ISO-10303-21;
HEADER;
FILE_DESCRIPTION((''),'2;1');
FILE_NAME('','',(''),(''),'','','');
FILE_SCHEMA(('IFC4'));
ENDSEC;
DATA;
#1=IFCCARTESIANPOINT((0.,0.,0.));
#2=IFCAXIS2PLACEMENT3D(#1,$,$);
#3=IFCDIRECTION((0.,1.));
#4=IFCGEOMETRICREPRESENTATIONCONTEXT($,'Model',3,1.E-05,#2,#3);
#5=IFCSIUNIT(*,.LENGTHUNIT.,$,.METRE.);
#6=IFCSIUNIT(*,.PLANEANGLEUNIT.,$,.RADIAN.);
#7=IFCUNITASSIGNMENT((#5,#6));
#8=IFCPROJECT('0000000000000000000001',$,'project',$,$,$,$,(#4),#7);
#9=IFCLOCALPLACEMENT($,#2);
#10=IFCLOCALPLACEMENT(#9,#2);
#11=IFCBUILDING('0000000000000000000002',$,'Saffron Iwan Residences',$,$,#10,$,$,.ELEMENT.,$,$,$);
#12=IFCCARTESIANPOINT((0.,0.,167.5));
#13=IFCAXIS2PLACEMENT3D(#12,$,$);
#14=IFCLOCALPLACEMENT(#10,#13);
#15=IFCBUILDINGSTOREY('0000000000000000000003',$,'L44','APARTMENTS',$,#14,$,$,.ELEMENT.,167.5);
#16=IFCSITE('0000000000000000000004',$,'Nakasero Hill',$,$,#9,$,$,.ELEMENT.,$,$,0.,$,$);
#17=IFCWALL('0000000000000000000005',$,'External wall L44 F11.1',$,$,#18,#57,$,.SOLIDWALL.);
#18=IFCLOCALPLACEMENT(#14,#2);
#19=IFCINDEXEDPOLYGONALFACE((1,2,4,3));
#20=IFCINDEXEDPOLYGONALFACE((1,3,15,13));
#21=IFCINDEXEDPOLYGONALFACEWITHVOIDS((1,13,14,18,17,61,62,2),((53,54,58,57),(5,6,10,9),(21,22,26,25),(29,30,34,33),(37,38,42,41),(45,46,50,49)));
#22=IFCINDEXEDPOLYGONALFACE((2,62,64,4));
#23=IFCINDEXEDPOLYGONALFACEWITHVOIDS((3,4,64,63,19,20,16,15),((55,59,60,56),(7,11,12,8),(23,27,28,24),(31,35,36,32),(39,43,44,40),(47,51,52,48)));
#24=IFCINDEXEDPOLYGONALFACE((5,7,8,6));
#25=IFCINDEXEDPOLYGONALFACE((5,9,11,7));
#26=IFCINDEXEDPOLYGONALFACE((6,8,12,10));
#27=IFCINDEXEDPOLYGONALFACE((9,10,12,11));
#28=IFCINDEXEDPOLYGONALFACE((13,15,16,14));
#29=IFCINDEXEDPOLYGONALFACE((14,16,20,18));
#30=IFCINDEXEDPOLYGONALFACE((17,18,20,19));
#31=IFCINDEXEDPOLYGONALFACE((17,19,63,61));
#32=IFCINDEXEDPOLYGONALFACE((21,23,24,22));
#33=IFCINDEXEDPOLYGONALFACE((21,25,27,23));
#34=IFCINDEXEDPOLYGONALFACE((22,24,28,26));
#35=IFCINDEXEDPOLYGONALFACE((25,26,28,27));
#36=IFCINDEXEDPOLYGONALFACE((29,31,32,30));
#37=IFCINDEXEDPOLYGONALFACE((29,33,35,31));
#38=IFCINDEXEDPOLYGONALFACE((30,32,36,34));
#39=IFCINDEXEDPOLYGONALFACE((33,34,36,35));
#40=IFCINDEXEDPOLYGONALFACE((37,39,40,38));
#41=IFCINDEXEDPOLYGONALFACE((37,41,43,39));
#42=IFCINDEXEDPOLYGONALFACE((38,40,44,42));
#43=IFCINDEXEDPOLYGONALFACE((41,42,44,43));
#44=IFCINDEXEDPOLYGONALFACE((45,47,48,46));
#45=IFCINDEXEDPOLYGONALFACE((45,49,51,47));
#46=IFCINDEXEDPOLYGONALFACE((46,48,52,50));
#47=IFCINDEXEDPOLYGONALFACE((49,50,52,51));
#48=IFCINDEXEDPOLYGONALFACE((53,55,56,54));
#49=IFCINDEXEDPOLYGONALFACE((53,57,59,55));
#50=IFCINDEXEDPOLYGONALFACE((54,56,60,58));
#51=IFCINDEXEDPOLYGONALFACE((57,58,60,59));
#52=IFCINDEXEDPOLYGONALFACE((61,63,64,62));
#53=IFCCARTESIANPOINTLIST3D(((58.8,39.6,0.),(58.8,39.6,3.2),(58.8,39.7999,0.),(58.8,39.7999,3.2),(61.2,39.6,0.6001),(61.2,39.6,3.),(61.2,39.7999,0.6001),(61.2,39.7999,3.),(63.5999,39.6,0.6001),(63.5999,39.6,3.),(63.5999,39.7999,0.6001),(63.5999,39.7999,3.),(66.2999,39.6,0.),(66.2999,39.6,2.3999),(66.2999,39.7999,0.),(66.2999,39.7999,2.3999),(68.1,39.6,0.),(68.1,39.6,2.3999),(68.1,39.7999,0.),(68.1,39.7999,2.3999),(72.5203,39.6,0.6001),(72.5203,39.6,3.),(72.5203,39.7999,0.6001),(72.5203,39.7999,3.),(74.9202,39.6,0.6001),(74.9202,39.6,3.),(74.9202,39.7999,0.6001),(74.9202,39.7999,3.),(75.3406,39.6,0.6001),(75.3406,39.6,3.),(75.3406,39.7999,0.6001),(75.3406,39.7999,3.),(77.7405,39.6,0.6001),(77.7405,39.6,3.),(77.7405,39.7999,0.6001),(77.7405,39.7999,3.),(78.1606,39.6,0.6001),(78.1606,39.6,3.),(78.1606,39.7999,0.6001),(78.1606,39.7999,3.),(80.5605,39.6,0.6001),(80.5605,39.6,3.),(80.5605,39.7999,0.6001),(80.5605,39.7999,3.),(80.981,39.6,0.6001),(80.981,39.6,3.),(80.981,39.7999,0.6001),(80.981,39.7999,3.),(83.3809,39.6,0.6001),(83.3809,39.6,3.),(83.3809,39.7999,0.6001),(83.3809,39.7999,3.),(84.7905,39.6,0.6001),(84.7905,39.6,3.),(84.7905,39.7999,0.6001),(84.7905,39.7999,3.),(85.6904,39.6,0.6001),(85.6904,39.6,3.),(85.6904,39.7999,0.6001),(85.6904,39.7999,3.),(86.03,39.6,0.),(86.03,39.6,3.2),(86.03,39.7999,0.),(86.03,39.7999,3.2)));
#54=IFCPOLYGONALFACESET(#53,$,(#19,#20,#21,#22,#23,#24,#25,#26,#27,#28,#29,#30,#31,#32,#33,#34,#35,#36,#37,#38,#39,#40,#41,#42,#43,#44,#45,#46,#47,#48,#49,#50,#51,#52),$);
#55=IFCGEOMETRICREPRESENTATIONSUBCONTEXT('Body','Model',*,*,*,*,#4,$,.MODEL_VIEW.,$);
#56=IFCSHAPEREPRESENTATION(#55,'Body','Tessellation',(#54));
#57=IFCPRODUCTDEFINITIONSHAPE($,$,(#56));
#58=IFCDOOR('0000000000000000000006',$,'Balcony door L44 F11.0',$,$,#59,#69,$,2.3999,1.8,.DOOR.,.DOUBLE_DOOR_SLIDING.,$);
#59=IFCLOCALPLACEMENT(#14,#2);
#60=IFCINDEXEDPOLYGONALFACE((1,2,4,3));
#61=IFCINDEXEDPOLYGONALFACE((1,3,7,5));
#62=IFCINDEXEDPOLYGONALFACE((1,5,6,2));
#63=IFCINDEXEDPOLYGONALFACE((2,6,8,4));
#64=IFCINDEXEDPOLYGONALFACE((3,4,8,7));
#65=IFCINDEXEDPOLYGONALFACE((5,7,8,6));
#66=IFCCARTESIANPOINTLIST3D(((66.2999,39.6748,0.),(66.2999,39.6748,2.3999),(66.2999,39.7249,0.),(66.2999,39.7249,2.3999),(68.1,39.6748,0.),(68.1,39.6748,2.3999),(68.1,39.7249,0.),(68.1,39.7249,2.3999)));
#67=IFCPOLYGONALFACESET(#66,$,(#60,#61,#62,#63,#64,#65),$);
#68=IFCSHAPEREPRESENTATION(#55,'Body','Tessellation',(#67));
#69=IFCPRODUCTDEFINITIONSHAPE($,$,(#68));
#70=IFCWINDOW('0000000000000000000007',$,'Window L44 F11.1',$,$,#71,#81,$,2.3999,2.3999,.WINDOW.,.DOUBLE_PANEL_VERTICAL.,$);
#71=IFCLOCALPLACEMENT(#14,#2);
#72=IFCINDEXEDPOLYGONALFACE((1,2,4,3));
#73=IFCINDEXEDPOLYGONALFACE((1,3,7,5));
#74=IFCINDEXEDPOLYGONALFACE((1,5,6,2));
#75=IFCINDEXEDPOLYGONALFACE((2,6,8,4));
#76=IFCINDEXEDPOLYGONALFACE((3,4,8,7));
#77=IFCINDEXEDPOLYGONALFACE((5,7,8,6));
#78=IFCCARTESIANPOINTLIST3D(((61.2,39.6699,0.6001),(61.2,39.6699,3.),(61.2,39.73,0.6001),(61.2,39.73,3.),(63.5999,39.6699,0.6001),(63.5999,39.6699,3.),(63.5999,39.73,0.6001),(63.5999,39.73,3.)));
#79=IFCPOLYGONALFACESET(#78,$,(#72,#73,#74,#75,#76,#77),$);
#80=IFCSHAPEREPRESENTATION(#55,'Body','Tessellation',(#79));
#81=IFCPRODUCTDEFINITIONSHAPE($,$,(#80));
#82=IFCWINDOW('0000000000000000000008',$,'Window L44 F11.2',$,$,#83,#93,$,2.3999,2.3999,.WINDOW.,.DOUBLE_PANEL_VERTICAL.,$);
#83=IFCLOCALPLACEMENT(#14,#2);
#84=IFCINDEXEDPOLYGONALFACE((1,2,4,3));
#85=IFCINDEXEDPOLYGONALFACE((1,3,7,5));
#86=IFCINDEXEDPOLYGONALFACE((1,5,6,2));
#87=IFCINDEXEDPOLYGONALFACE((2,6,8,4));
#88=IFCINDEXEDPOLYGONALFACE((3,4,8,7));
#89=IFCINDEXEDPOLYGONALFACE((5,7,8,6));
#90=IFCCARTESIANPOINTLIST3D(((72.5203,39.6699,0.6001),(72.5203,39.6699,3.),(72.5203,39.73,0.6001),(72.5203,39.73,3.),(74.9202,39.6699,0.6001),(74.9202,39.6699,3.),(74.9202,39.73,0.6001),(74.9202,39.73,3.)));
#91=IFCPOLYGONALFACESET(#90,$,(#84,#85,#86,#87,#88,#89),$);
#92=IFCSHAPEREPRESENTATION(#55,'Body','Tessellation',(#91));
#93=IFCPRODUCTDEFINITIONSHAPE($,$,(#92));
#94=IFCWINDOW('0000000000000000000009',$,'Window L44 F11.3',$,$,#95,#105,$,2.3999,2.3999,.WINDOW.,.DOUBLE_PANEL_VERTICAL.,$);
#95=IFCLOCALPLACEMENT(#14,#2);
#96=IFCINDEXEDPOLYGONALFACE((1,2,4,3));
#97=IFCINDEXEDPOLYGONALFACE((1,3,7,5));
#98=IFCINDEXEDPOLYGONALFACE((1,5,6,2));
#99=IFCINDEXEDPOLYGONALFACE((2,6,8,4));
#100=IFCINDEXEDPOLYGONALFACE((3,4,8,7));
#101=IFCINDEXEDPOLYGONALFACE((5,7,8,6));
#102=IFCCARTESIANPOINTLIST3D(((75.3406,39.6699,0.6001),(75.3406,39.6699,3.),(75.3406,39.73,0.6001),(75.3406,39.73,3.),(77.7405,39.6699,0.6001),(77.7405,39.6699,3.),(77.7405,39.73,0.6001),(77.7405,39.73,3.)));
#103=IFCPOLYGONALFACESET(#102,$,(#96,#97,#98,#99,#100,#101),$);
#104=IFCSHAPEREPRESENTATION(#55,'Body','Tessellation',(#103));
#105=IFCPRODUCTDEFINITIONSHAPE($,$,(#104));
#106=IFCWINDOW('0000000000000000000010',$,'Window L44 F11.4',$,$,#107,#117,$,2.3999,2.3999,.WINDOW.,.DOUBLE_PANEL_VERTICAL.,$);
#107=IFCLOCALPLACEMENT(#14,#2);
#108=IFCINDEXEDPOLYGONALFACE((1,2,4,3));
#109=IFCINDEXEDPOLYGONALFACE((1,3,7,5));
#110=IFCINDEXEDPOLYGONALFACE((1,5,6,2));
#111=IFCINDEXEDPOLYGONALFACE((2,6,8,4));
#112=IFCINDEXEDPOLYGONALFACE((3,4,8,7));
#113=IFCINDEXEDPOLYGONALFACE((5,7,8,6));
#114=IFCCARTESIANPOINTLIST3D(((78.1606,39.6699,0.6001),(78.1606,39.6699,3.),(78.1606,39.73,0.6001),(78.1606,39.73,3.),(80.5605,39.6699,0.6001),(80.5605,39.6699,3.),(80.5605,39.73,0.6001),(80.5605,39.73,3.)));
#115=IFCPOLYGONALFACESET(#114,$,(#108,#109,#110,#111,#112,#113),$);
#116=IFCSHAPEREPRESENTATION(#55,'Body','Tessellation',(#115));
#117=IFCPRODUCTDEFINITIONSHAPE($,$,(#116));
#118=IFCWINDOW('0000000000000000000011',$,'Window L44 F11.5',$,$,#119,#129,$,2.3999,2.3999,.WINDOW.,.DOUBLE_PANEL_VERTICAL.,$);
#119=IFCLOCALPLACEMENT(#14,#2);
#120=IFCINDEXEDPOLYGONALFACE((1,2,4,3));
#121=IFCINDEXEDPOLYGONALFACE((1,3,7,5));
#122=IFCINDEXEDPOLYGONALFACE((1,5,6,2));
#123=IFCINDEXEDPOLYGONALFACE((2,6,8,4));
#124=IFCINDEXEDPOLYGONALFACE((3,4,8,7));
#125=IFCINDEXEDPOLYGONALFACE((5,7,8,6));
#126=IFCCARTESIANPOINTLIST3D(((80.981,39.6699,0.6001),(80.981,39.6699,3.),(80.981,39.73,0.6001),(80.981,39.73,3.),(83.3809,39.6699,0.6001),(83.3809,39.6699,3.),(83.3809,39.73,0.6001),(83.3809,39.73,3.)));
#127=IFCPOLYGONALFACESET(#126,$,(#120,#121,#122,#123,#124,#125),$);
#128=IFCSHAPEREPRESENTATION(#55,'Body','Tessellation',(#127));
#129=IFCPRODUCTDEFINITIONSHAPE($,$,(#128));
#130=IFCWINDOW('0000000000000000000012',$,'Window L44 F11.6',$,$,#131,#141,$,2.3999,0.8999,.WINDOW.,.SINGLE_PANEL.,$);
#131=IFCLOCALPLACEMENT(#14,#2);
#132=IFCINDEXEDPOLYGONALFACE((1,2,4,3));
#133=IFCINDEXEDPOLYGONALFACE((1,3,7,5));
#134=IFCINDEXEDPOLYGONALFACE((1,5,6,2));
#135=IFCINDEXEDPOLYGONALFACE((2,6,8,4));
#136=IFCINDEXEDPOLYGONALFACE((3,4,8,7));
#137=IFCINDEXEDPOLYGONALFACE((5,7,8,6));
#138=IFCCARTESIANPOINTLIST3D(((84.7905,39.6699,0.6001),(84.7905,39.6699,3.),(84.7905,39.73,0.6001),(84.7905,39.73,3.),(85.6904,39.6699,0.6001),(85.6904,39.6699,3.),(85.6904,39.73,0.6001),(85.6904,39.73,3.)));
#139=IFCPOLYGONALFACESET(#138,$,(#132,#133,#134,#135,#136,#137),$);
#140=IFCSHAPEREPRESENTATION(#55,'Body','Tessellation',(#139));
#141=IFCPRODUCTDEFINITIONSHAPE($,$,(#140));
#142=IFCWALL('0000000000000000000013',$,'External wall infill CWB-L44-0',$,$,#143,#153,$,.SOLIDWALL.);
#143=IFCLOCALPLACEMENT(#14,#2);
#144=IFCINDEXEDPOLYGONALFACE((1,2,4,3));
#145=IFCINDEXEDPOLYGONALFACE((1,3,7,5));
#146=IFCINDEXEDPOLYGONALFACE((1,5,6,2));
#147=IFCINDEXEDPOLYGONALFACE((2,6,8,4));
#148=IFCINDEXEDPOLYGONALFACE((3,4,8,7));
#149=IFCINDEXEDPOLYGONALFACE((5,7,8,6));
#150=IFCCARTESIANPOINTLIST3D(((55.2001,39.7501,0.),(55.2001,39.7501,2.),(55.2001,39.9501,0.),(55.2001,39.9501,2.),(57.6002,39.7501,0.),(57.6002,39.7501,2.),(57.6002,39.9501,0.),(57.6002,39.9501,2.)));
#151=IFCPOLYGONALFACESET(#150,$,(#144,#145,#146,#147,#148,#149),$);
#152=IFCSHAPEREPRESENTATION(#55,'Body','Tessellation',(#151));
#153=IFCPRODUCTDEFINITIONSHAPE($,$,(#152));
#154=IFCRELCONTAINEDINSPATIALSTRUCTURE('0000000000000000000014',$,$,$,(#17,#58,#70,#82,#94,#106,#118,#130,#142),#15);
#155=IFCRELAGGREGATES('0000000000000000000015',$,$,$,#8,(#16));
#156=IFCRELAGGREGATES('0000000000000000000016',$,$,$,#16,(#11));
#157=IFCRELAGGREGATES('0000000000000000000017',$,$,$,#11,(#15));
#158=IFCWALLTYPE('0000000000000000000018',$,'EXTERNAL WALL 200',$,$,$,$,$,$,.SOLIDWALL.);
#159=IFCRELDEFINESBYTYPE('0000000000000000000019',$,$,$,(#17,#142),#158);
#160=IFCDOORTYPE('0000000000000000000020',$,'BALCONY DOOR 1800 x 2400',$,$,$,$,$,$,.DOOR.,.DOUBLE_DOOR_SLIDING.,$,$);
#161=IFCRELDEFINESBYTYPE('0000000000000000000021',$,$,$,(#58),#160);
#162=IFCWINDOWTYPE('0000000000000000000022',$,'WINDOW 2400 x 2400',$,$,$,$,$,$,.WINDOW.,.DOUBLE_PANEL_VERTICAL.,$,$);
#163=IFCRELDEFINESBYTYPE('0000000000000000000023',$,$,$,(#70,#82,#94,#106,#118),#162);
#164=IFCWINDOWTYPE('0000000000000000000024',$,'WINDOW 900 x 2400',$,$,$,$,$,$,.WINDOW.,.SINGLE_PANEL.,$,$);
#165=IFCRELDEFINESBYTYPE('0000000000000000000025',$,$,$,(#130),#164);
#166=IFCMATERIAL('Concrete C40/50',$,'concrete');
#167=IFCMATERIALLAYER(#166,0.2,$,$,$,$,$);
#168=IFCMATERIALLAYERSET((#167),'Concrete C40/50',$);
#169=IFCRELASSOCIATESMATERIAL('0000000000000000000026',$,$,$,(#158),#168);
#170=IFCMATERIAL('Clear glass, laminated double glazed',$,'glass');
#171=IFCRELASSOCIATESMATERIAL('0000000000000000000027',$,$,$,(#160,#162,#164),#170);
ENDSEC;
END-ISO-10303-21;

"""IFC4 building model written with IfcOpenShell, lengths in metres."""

from ifc_helpers import new_model, si_unit, direction, frame, frame_2d, origin, place, context, subcontext, project, spatial, rectangle, extrude, material, layer, layer_set, type_object, element, fill, save


model = new_model("IFC4")

# Units and contexts
model_context = context("Model", 3, precision=1e-05, world=origin(), true_north=direction((0.0, 1.0)))
body_context = subcontext(model_context, "Body", "Model", "MODEL_VIEW")
ifc_project = project(units=[si_unit("LENGTHUNIT", "METRE"), si_unit("PLANEANGLEUNIT", "RADIAN")], contexts=[model_context])

# Site, building, storey
site_placement = place(None, origin())
site = spatial("IfcSite", under=ifc_project, at=site_placement, Name="Nakasero Hill", CompositionType="ELEMENT", RefElevation=0.0)
building_placement = place(site_placement, origin())
building = spatial("IfcBuilding", under=site, at=building_placement, Name="Saffron Iwan Residences", CompositionType="ELEMENT")
storey_placement = place(building_placement, frame((0.0, 0.0, 167.5)))
storey = spatial("IfcBuildingStorey", under=building, at=storey_placement, Name="L44", Description="APARTMENTS", CompositionType="ELEMENT", Elevation=167.5)

# Shared definitions
ifc_material_1 = material(Name="Clear glass, laminated double glazed", Category="glass")

# Wall, openings, door, windows
ifc_material_2 = material(Name="Concrete C40/50", Category="concrete")
ifc_layer_1 = layer(ifc_material_2, 0.2)
ifc_layer_set_1 = layer_set([ifc_layer_1], Name="Concrete C40/50")
wall_type_1 = type_object("IfcWallType", Name="EXTERNAL WALL 200", PredefinedType="SOLIDWALL", material=ifc_layer_set_1)
wall_1_placement = place(storey_placement, frame((58.8, 39.7, 0.0), z_axis=(0.0, 0.0, 1.0), x_axis=(1.0, 0.0, 0.0)))
wall_1 = element("IfcWall", 1, at=wall_1_placement, inside=storey, type_object=wall_type_1, Name="External wall L44 F11.1", PredefinedType="SOLIDWALL", context=body_context, shape_type="SweptSolid", body=[
    extrude(rectangle(XDim=27.23, YDim=0.2, at=frame_2d((13.615, 0.0))), origin(), (0.0, 0.0, 1.0), 3.2),
])
opening_1_placement = place(wall_1_placement, frame((7.5, 0.0, 0.0)))
opening_1 = element("IfcOpeningElement", 2, at=opening_1_placement, cuts=wall_1, PredefinedType="OPENING", context=body_context, shape_type="SweptSolid", body=[
    extrude(rectangle(XDim=1.8, YDim=2.3999, at=frame_2d((0.8999, 1.2))), frame((0.0, 0.1099, 0.0), z_axis=(0.0, -1.0, 0.0), x_axis=(1.0, 0.0, 0.0)), (0.0, 0.0, 1.0), 0.22),
])
opening_2_placement = place(wall_1_placement, frame((2.3999, 0.0, 0.6001)))
opening_2 = element("IfcOpeningElement", 3, at=opening_2_placement, cuts=wall_1, PredefinedType="OPENING", context=body_context, shape_type="SweptSolid", body=[
    extrude(rectangle(XDim=2.3999, YDim=2.3999, at=frame_2d((1.2, 1.2))), frame((0.0, 0.1099, 0.0), z_axis=(0.0, -1.0, 0.0), x_axis=(1.0, 0.0, 0.0)), (0.0, 0.0, 1.0), 0.22),
])
opening_3_placement = place(wall_1_placement, frame((13.7202, 0.0, 0.6001)))
opening_3 = element("IfcOpeningElement", 4, at=opening_3_placement, cuts=wall_1, PredefinedType="OPENING", context=body_context, shape_type="SweptSolid", body=[
    extrude(rectangle(XDim=2.3999, YDim=2.3999, at=frame_2d((1.2, 1.2))), frame((0.0, 0.1099, 0.0), z_axis=(0.0, -1.0, 0.0), x_axis=(1.0, 0.0, 0.0)), (0.0, 0.0, 1.0), 0.22),
])
opening_4_placement = place(wall_1_placement, frame((16.5405, 0.0, 0.6001)))
opening_4 = element("IfcOpeningElement", 5, at=opening_4_placement, cuts=wall_1, PredefinedType="OPENING", context=body_context, shape_type="SweptSolid", body=[
    extrude(rectangle(XDim=2.3999, YDim=2.3999, at=frame_2d((1.2, 1.2))), frame((0.0, 0.1099, 0.0), z_axis=(0.0, -1.0, 0.0), x_axis=(1.0, 0.0, 0.0)), (0.0, 0.0, 1.0), 0.22),
])
opening_5_placement = place(wall_1_placement, frame((19.3606, 0.0, 0.6001)))
opening_5 = element("IfcOpeningElement", 6, at=opening_5_placement, cuts=wall_1, PredefinedType="OPENING", context=body_context, shape_type="SweptSolid", body=[
    extrude(rectangle(XDim=2.3999, YDim=2.3999, at=frame_2d((1.2, 1.2))), frame((0.0, 0.1099, 0.0), z_axis=(0.0, -1.0, 0.0), x_axis=(1.0, 0.0, 0.0)), (0.0, 0.0, 1.0), 0.22),
])
opening_6_placement = place(wall_1_placement, frame((22.1809, 0.0, 0.6001)))
opening_6 = element("IfcOpeningElement", 7, at=opening_6_placement, cuts=wall_1, PredefinedType="OPENING", context=body_context, shape_type="SweptSolid", body=[
    extrude(rectangle(XDim=2.3999, YDim=2.3999, at=frame_2d((1.2, 1.2))), frame((0.0, 0.1099, 0.0), z_axis=(0.0, -1.0, 0.0), x_axis=(1.0, 0.0, 0.0)), (0.0, 0.0, 1.0), 0.22),
])
opening_7_placement = place(wall_1_placement, frame((25.9905, 0.0, 0.6001)))
opening_7 = element("IfcOpeningElement", 8, at=opening_7_placement, cuts=wall_1, PredefinedType="OPENING", context=body_context, shape_type="SweptSolid", body=[
    extrude(rectangle(XDim=0.8999, YDim=2.3999, at=frame_2d((0.45, 1.2))), frame((0.0, 0.1099, 0.0), z_axis=(0.0, -1.0, 0.0), x_axis=(1.0, 0.0, 0.0)), (0.0, 0.0, 1.0), 0.22),
])
door_type = type_object("IfcDoorType", Name="BALCONY DOOR 1800 x 2400", OperationType="DOUBLE_DOOR_SLIDING", PredefinedType="DOOR", material=ifc_material_1)
door_placement = place(opening_1_placement, origin())
door = element("IfcDoor", 9, at=door_placement, inside=storey, type_object=door_type, Name="Balcony door L44 F11.0", OperationType="DOUBLE_DOOR_SLIDING", OverallHeight=2.3999, OverallWidth=1.8, PredefinedType="DOOR", context=body_context, shape_type="SweptSolid", body=[
    extrude(rectangle(XDim=1.8, YDim=2.3999, at=frame_2d((0.8999, 1.2))), frame((0.0, 0.0249, 0.0), z_axis=(0.0, -1.0, 0.0), x_axis=(1.0, 0.0, 0.0)), (0.0, 0.0, 1.0), 0.05),
])
fill(opening_1, door)
window_type_1 = type_object("IfcWindowType", Name="WINDOW 2400 x 2400", PartitioningType="DOUBLE_PANEL_VERTICAL", PredefinedType="WINDOW", material=ifc_material_1)
window_1_placement = place(opening_2_placement, origin())
window_1 = element("IfcWindow", 10, at=window_1_placement, inside=storey, type_object=window_type_1, Name="Window L44 F11.1", OverallHeight=2.3999, OverallWidth=2.3999, PartitioningType="DOUBLE_PANEL_VERTICAL", PredefinedType="WINDOW", context=body_context, shape_type="SweptSolid", body=[
    extrude(rectangle(XDim=2.3999, YDim=2.3999, at=frame_2d((1.2, 1.2))), frame((0.0, 0.03, 0.0), z_axis=(0.0, -1.0, 0.0), x_axis=(1.0, 0.0, 0.0)), (0.0, 0.0, 1.0), 0.0601),
])
fill(opening_2, window_1)
window_2_placement = place(opening_3_placement, origin())
window_2 = element("IfcWindow", 11, at=window_2_placement, inside=storey, type_object=window_type_1, Name="Window L44 F11.2", OverallHeight=2.3999, OverallWidth=2.3999, PartitioningType="DOUBLE_PANEL_VERTICAL", PredefinedType="WINDOW", context=body_context, shape_type="SweptSolid", body=[
    extrude(rectangle(XDim=2.3999, YDim=2.3999, at=frame_2d((1.2, 1.2))), frame((0.0, 0.03, 0.0), z_axis=(0.0, -1.0, 0.0), x_axis=(1.0, 0.0, 0.0)), (0.0, 0.0, 1.0), 0.0601),
])
fill(opening_3, window_2)
window_3_placement = place(opening_4_placement, origin())
window_3 = element("IfcWindow", 12, at=window_3_placement, inside=storey, type_object=window_type_1, Name="Window L44 F11.3", OverallHeight=2.3999, OverallWidth=2.3999, PartitioningType="DOUBLE_PANEL_VERTICAL", PredefinedType="WINDOW", context=body_context, shape_type="SweptSolid", body=[
    extrude(rectangle(XDim=2.3999, YDim=2.3999, at=frame_2d((1.2, 1.2))), frame((0.0, 0.03, 0.0), z_axis=(0.0, -1.0, 0.0), x_axis=(1.0, 0.0, 0.0)), (0.0, 0.0, 1.0), 0.0601),
])
fill(opening_4, window_3)
window_4_placement = place(opening_5_placement, origin())
window_4 = element("IfcWindow", 13, at=window_4_placement, inside=storey, type_object=window_type_1, Name="Window L44 F11.4", OverallHeight=2.3999, OverallWidth=2.3999, PartitioningType="DOUBLE_PANEL_VERTICAL", PredefinedType="WINDOW", context=body_context, shape_type="SweptSolid", body=[
    extrude(rectangle(XDim=2.3999, YDim=2.3999, at=frame_2d((1.2, 1.2))), frame((0.0, 0.03, 0.0), z_axis=(0.0, -1.0, 0.0), x_axis=(1.0, 0.0, 0.0)), (0.0, 0.0, 1.0), 0.0601),
])
fill(opening_5, window_4)
window_5_placement = place(opening_6_placement, origin())
window_5 = element("IfcWindow", 14, at=window_5_placement, inside=storey, type_object=window_type_1, Name="Window L44 F11.5", OverallHeight=2.3999, OverallWidth=2.3999, PartitioningType="DOUBLE_PANEL_VERTICAL", PredefinedType="WINDOW", context=body_context, shape_type="SweptSolid", body=[
    extrude(rectangle(XDim=2.3999, YDim=2.3999, at=frame_2d((1.2, 1.2))), frame((0.0, 0.03, 0.0), z_axis=(0.0, -1.0, 0.0), x_axis=(1.0, 0.0, 0.0)), (0.0, 0.0, 1.0), 0.0601),
])
fill(opening_6, window_5)
window_type_2 = type_object("IfcWindowType", Name="WINDOW 900 x 2400", PartitioningType="SINGLE_PANEL", PredefinedType="WINDOW", material=ifc_material_1)
window_6_placement = place(opening_7_placement, origin())
window_6 = element("IfcWindow", 15, at=window_6_placement, inside=storey, type_object=window_type_2, Name="Window L44 F11.6", OverallHeight=2.3999, OverallWidth=0.8999, PartitioningType="SINGLE_PANEL", PredefinedType="WINDOW", context=body_context, shape_type="SweptSolid", body=[
    extrude(rectangle(XDim=0.8999, YDim=2.3999, at=frame_2d((0.45, 1.2))), frame((0.0, 0.03, 0.0), z_axis=(0.0, -1.0, 0.0), x_axis=(1.0, 0.0, 0.0)), (0.0, 0.0, 1.0), 0.0601),
])
fill(opening_7, window_6)

# Wall
wall_2_placement = place(storey_placement, frame((55.2, 39.8501, 0.0), z_axis=(0.0, 0.0, 1.0), x_axis=(1.0, 0.0, 0.0)))
element("IfcWall", 16, at=wall_2_placement, inside=storey, type_object=wall_type_1, Name="External wall infill CWB-L44-0", PredefinedType="SOLIDWALL", context=body_context, shape_type="SweptSolid", body=[
    extrude(rectangle(XDim=2.4001, YDim=0.2, at=frame_2d((1.2002, 0.0))), origin(), (0.0, 0.0, 1.0), 2.0),
])

save(model, "model.ifc")
